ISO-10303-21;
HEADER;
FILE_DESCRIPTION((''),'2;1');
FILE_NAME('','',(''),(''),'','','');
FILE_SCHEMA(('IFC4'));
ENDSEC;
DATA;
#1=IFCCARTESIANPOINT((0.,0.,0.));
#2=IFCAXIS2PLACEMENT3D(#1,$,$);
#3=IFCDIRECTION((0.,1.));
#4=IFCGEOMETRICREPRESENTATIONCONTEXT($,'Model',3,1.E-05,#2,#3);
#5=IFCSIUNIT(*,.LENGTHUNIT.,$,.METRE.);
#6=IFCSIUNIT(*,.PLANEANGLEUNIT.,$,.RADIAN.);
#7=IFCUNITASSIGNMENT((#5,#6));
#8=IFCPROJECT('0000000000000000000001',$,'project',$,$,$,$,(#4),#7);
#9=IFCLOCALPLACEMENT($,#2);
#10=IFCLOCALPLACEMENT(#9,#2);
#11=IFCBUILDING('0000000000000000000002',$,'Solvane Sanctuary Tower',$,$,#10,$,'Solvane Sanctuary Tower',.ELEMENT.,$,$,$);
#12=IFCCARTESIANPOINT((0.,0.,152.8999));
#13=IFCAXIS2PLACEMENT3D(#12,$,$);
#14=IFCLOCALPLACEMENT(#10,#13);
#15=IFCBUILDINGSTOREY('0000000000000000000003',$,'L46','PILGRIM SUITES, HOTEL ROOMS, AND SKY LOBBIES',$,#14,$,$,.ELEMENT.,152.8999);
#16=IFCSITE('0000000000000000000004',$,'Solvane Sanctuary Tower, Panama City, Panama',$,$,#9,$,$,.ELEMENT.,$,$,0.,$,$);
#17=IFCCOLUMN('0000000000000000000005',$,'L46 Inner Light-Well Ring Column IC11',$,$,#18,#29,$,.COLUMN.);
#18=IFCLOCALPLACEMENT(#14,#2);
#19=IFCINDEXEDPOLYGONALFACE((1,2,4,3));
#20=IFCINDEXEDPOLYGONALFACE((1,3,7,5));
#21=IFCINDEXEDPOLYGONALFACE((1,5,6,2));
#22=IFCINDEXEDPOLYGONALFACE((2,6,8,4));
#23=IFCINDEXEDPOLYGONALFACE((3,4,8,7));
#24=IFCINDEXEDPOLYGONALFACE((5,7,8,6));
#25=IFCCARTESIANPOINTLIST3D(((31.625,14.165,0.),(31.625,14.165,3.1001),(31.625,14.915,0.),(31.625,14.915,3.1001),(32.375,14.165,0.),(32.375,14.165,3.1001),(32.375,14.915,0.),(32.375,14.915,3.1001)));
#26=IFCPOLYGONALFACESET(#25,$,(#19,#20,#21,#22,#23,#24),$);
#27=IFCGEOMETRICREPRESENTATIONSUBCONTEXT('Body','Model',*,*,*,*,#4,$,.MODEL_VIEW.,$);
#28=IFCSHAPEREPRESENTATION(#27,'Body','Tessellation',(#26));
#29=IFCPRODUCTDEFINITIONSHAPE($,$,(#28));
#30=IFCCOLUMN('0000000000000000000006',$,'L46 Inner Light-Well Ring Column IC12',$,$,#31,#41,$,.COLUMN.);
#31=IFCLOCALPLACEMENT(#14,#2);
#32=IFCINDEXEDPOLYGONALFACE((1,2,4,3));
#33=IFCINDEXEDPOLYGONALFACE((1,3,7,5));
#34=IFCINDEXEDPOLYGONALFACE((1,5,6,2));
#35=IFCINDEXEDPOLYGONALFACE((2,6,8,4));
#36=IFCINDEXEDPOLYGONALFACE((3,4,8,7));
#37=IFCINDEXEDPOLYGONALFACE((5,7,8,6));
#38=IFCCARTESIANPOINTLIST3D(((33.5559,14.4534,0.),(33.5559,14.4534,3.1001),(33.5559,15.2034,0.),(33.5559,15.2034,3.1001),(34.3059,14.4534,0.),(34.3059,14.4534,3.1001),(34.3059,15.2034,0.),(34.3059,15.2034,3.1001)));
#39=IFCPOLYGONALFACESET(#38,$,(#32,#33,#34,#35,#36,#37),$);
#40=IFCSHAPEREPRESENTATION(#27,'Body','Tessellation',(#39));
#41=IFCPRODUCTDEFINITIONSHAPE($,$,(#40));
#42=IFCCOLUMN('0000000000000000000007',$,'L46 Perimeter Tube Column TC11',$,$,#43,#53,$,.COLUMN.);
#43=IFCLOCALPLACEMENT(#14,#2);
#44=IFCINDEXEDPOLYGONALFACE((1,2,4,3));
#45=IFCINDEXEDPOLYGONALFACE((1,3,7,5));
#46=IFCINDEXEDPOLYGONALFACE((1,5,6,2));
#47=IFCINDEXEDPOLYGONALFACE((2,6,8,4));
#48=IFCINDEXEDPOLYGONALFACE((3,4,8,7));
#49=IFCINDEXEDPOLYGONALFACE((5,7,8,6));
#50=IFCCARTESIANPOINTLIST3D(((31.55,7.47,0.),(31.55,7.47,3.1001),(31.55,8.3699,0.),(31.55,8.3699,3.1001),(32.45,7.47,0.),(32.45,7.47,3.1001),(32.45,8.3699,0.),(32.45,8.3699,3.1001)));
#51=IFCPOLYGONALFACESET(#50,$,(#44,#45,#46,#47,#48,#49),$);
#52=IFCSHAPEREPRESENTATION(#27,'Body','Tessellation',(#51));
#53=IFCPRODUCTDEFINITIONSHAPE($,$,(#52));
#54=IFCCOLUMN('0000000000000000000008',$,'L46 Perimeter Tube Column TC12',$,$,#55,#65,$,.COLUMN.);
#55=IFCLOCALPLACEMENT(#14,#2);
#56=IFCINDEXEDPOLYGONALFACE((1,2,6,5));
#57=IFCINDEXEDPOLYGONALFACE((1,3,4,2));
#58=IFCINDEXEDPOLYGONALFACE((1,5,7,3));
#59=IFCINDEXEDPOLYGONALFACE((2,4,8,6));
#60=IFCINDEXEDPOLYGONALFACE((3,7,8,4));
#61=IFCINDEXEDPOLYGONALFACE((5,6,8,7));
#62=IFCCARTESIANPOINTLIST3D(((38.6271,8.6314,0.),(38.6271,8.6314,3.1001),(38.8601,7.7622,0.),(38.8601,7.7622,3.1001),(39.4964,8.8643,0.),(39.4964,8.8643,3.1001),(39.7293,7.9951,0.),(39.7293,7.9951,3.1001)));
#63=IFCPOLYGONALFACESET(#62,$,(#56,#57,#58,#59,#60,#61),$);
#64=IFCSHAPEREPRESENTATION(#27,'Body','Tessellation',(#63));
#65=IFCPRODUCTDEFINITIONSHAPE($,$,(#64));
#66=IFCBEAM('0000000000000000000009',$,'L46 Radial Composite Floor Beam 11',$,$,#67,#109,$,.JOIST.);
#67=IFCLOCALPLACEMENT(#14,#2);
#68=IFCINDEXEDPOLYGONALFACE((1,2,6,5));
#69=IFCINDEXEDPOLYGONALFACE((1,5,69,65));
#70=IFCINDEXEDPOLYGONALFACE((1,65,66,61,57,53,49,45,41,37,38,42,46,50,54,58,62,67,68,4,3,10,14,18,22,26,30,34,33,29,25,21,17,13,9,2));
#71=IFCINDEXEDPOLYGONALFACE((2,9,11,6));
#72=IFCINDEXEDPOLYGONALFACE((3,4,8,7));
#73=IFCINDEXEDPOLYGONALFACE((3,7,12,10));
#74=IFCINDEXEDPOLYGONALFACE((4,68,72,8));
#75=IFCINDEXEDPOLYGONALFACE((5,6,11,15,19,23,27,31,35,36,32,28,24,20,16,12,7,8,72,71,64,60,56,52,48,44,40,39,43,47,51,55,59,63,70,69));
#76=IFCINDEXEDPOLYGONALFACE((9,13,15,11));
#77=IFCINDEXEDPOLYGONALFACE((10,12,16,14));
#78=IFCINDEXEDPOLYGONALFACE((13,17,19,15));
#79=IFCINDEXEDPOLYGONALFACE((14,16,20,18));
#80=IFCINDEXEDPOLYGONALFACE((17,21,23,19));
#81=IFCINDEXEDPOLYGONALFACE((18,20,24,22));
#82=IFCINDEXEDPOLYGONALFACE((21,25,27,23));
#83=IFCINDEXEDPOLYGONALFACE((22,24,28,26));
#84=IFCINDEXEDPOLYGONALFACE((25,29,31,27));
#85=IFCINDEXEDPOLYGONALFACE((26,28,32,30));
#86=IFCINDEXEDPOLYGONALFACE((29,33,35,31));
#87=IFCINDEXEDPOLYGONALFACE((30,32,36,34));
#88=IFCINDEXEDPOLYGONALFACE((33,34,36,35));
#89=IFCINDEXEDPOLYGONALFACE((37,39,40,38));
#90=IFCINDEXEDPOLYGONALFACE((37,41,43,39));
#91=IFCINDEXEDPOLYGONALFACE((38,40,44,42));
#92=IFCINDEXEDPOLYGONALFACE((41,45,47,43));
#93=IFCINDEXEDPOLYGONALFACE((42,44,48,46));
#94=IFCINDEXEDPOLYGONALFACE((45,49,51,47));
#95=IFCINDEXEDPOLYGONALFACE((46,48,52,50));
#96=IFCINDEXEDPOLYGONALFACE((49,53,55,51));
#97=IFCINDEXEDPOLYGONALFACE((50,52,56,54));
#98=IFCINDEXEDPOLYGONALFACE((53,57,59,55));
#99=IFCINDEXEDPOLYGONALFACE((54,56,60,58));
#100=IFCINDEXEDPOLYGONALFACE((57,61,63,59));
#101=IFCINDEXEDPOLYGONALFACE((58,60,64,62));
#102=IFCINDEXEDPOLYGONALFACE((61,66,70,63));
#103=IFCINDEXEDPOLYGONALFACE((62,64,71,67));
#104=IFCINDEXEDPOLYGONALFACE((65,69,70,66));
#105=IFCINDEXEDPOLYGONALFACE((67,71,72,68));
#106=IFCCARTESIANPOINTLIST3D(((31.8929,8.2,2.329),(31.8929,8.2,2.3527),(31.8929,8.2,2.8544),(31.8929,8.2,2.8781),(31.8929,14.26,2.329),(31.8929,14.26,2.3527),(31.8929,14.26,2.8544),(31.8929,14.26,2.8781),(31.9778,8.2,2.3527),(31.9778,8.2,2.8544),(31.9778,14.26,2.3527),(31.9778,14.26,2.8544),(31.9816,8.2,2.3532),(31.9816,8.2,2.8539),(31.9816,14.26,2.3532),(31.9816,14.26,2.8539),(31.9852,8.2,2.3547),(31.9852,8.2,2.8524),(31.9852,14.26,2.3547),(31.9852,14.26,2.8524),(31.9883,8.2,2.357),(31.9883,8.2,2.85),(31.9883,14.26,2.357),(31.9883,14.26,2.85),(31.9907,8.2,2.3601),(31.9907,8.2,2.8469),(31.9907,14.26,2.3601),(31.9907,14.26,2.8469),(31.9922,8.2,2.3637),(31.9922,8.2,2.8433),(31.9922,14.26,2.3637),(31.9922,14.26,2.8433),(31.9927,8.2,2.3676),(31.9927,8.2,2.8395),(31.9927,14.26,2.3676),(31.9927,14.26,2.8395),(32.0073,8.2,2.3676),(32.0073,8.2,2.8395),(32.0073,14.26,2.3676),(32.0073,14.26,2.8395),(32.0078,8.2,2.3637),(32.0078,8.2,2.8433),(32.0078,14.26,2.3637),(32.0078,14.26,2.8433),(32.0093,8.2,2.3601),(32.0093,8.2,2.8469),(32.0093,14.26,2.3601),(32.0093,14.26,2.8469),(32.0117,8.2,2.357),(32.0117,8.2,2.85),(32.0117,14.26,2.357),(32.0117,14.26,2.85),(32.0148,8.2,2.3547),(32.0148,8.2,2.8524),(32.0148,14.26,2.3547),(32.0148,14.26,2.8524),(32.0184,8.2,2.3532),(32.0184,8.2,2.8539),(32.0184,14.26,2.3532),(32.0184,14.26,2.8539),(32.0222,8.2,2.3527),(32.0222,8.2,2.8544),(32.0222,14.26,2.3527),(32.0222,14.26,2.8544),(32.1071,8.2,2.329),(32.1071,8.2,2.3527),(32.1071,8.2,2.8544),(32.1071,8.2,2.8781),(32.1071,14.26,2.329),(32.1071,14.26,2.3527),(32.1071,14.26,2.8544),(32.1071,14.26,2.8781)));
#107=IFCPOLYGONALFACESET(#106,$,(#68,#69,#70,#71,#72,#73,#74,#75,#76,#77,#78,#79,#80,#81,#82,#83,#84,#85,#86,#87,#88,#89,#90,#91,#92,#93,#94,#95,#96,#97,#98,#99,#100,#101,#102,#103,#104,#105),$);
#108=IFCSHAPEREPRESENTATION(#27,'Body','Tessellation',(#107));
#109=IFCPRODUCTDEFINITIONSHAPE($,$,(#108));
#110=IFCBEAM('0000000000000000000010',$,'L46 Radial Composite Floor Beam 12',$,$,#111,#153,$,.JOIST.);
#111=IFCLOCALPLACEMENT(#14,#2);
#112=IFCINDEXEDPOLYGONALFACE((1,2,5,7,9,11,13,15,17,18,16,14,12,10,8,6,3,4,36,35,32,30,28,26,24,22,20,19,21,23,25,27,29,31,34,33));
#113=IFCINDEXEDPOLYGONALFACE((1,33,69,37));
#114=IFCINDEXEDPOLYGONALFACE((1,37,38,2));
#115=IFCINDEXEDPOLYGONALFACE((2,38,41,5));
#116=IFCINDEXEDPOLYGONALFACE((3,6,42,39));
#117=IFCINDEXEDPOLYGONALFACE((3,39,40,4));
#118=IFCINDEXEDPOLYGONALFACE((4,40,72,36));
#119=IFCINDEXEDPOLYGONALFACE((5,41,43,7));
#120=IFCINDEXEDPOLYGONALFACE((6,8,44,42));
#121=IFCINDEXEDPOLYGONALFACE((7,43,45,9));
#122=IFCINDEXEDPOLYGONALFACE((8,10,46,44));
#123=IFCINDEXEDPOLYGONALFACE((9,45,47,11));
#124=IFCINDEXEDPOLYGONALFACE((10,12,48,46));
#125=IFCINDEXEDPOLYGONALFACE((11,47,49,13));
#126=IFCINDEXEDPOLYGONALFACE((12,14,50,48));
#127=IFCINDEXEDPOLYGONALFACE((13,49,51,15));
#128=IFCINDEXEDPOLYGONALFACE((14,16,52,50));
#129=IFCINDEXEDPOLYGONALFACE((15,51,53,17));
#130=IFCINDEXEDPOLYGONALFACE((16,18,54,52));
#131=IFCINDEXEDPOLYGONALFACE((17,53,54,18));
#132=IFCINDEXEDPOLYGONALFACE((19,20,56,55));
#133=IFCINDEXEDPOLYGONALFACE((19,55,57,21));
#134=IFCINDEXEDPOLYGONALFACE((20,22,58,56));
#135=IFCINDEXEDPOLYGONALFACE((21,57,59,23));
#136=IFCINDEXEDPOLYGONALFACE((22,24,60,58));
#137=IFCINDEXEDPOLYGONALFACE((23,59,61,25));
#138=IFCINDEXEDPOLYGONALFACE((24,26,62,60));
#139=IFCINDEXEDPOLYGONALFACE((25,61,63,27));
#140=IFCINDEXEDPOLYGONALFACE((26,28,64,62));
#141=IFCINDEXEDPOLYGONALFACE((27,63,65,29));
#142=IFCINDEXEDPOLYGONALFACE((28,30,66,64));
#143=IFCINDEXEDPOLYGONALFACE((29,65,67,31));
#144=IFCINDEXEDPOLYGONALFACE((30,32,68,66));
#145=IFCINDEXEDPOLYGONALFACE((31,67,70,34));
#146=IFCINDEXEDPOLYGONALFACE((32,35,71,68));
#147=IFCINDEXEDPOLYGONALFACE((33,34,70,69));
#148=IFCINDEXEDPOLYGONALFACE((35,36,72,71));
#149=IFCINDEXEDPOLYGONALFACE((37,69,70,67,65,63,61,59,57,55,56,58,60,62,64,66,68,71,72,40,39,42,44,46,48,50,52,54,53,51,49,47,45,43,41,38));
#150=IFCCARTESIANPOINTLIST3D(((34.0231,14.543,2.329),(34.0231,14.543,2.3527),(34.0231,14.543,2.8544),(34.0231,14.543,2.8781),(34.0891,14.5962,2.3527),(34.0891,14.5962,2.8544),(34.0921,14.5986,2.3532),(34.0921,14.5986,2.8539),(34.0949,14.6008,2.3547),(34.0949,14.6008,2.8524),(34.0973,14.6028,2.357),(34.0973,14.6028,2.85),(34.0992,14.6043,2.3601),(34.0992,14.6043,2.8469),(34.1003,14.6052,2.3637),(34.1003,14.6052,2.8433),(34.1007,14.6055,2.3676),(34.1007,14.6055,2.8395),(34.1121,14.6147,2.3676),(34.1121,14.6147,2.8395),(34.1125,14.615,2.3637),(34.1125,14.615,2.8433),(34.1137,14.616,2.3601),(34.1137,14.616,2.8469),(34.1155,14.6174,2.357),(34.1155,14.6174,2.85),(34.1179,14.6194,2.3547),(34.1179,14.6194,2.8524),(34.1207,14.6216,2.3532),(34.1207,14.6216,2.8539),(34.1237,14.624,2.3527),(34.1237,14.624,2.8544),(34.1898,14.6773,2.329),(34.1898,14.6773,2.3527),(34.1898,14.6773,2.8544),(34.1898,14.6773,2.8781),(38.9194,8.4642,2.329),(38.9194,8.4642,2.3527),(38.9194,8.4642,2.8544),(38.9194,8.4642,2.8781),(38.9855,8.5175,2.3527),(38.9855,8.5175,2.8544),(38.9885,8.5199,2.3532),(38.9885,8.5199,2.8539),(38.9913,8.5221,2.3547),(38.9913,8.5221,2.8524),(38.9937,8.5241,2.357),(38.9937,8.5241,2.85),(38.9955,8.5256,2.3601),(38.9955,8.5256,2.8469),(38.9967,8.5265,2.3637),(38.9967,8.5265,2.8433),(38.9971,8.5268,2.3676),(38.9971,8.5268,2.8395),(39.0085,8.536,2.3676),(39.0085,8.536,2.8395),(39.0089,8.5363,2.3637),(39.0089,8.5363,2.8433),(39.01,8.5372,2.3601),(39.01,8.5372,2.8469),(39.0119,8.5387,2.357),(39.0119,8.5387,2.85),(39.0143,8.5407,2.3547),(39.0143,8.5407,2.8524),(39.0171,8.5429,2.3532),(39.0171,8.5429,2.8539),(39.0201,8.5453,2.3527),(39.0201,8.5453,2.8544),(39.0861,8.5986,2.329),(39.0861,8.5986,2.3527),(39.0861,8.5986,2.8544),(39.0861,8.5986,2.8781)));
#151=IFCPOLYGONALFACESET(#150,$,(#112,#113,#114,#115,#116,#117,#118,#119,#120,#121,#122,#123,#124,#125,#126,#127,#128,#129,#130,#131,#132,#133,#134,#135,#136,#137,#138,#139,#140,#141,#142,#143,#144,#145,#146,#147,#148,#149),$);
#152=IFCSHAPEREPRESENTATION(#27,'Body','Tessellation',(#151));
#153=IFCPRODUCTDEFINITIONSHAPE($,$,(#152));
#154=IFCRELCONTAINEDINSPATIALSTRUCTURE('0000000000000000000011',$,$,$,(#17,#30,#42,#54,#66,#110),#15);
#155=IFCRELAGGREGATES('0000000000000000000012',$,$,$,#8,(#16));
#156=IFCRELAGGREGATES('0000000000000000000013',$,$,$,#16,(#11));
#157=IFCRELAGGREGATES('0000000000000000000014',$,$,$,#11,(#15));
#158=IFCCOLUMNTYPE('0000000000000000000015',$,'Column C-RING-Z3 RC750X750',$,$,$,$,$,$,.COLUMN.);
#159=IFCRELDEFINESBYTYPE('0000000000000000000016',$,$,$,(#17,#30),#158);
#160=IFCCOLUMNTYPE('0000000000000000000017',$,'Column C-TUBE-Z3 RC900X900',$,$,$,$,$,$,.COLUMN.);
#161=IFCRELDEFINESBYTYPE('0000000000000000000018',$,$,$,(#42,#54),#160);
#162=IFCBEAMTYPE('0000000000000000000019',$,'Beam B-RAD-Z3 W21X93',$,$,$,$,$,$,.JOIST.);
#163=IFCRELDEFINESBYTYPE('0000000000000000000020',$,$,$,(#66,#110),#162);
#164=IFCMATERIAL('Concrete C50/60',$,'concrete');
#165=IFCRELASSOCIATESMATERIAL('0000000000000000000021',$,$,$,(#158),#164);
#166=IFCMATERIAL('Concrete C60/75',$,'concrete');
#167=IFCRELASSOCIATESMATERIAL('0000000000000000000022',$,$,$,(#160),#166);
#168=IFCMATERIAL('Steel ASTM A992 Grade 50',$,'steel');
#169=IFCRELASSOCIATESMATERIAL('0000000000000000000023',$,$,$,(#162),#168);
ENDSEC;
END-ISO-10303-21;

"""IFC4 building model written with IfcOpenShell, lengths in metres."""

from ifc_helpers import new_model, si_unit, direction, frame, origin, origin_2d, place, context, subcontext, project, spatial, rectangle, i_section, extrude, material, material_profile, profile_set, type_object, element, save


model = new_model("IFC4")

# Units and contexts
model_context = context("Model", 3, precision=1e-05, world=origin(), true_north=direction((0.0, 1.0)))
body_context = subcontext(model_context, "Body", "Model", "MODEL_VIEW")
ifc_project = project(units=[si_unit("LENGTHUNIT", "METRE"), si_unit("PLANEANGLEUNIT", "RADIAN")], contexts=[model_context])

# Site, building, storey
site_placement = place(None, origin())
site = spatial("IfcSite", under=ifc_project, at=site_placement, Name="Solvane Sanctuary Tower, Panama City, Panama", CompositionType="ELEMENT", RefElevation=0.0)
building_placement = place(site_placement, origin())
building = spatial("IfcBuilding", under=site, at=building_placement, Name="Solvane Sanctuary Tower", LongName="Solvane Sanctuary Tower", CompositionType="ELEMENT")
storey_placement = place(building_placement, frame((0.0, 0.0, 152.8999)))
storey = spatial("IfcBuildingStorey", under=building, at=storey_placement, Name="L46", Description="PILGRIM SUITES, HOTEL ROOMS, AND SKY LOBBIES", CompositionType="ELEMENT", Elevation=152.8999)

# Columns
ifc_material_1 = material(Name="Concrete C50/60", Category="concrete")
ifc_material_profile_1 = material_profile(ifc_material_1, rectangle(XDim=0.75, YDim=0.75, at=origin_2d()), Name="RC750X750")
ifc_profile_set_1 = profile_set([ifc_material_profile_1], Name="Concrete C50/60")
column_type_1 = type_object("IfcColumnType", Name="Column C-RING-Z3 RC750X750", PredefinedType="COLUMN", material=ifc_profile_set_1)
for number, where, z_axis, x_axis, name in (
    (1, (32.0, 14.54, 0.0), (0.0, 0.0, 1.0), (1.0, 0.0, 0.0), "L46 Inner Light-Well Ring Column IC11"),
    (2, (33.9309, 14.8284, 0.0), (0.0, 0.0, 1.0), (1.0, 0.0, 0.0), "L46 Inner Light-Well Ring Column IC12"),
):
    element("IfcColumn", number, at=place(storey_placement, frame(where, z_axis=z_axis, x_axis=x_axis)), inside=storey, type_object=column_type_1, Name=name, PredefinedType="COLUMN", context=body_context, shape_type="SweptSolid", body=[
        extrude(rectangle(XDim=0.75, YDim=0.75, at=origin_2d()), origin(), (0.0, 0.0, 1.0), 3.1001),
    ])
ifc_material_2 = material(Name="Concrete C60/75", Category="concrete")
ifc_material_profile_2 = material_profile(ifc_material_2, rectangle(XDim=0.8999, YDim=0.8999, at=origin_2d()), Name="RC900X900")
ifc_profile_set_2 = profile_set([ifc_material_profile_2], Name="Concrete C60/75")
column_type_2 = type_object("IfcColumnType", Name="Column C-TUBE-Z3 RC900X900", PredefinedType="COLUMN", material=ifc_profile_set_2)
for number, where, z_axis, x_axis, name in (
    (3, (32.0, 7.9199, 0.0), (0.0, 0.0, 1.0), (0.0, -1.0, 0.0), "L46 Perimeter Tube Column TC11"),
    (4, (39.1782, 8.3132, 0.0), (0.0, 0.0, 1.0), (0.258819, -0.965926, 0.0), "L46 Perimeter Tube Column TC12"),
):
    element("IfcColumn", number, at=place(storey_placement, frame(where, z_axis=z_axis, x_axis=x_axis)), inside=storey, type_object=column_type_2, Name=name, PredefinedType="COLUMN", context=body_context, shape_type="SweptSolid", body=[
        extrude(rectangle(XDim=0.8999, YDim=0.8999, at=origin_2d()), origin(), (0.0, 0.0, 1.0), 3.1001),
    ])

# Beams
ifc_material_3 = material(Name="Steel ASTM A992 Grade 50", Category="steel")
ifc_material_profile_3 = material_profile(ifc_material_3, i_section(OverallWidth=0.2141, OverallDepth=0.5491, WebThickness=0.0146, FlangeThickness=0.0237, FilletRadius=0.0149, at=origin_2d()), Name="W21X93")
ifc_profile_set_3 = profile_set([ifc_material_profile_3], Name="Steel ASTM A992 Grade 50")
beam_type_1 = type_object("IfcBeamType", Name="Beam B-RAD-Z3 W21X93", PredefinedType="JOIST", material=ifc_profile_set_3)
beam_1_placement = place(storey_placement, frame((32.0, 14.26, 2.6035), z_axis=(0.0, -1.0, 0.0), x_axis=(1.0, 0.0, 0.0)))
element("IfcBeam", 5, at=beam_1_placement, inside=storey, type_object=beam_type_1, Name="L46 Radial Composite Floor Beam 11", PredefinedType="JOIST", context=body_context, shape_type="SweptSolid", body=[
    extrude(i_section(OverallWidth=0.2141, OverallDepth=0.5491, WebThickness=0.0146, FlangeThickness=0.0237, FilletRadius=0.0149, at=origin_2d()), origin(), (0.0, 0.0, 1.0), 6.0601),
])
beam_2_placement = place(storey_placement, frame((34.1064, 14.6101, 2.6035), z_axis=(0.627297, -0.77878, 0.0), x_axis=(0.77878, 0.627297, 0.0)))
element("IfcBeam", 6, at=beam_2_placement, inside=storey, type_object=beam_type_1, Name="L46 Radial Composite Floor Beam 12", PredefinedType="JOIST", context=body_context, shape_type="SweptSolid", body=[
    extrude(i_section(OverallWidth=0.2141, OverallDepth=0.5491, WebThickness=0.0146, FlangeThickness=0.0237, FilletRadius=0.0149, at=origin_2d()), origin(), (0.0, 0.0, 1.0), 7.8054),
])

save(model, "model.ifc")
